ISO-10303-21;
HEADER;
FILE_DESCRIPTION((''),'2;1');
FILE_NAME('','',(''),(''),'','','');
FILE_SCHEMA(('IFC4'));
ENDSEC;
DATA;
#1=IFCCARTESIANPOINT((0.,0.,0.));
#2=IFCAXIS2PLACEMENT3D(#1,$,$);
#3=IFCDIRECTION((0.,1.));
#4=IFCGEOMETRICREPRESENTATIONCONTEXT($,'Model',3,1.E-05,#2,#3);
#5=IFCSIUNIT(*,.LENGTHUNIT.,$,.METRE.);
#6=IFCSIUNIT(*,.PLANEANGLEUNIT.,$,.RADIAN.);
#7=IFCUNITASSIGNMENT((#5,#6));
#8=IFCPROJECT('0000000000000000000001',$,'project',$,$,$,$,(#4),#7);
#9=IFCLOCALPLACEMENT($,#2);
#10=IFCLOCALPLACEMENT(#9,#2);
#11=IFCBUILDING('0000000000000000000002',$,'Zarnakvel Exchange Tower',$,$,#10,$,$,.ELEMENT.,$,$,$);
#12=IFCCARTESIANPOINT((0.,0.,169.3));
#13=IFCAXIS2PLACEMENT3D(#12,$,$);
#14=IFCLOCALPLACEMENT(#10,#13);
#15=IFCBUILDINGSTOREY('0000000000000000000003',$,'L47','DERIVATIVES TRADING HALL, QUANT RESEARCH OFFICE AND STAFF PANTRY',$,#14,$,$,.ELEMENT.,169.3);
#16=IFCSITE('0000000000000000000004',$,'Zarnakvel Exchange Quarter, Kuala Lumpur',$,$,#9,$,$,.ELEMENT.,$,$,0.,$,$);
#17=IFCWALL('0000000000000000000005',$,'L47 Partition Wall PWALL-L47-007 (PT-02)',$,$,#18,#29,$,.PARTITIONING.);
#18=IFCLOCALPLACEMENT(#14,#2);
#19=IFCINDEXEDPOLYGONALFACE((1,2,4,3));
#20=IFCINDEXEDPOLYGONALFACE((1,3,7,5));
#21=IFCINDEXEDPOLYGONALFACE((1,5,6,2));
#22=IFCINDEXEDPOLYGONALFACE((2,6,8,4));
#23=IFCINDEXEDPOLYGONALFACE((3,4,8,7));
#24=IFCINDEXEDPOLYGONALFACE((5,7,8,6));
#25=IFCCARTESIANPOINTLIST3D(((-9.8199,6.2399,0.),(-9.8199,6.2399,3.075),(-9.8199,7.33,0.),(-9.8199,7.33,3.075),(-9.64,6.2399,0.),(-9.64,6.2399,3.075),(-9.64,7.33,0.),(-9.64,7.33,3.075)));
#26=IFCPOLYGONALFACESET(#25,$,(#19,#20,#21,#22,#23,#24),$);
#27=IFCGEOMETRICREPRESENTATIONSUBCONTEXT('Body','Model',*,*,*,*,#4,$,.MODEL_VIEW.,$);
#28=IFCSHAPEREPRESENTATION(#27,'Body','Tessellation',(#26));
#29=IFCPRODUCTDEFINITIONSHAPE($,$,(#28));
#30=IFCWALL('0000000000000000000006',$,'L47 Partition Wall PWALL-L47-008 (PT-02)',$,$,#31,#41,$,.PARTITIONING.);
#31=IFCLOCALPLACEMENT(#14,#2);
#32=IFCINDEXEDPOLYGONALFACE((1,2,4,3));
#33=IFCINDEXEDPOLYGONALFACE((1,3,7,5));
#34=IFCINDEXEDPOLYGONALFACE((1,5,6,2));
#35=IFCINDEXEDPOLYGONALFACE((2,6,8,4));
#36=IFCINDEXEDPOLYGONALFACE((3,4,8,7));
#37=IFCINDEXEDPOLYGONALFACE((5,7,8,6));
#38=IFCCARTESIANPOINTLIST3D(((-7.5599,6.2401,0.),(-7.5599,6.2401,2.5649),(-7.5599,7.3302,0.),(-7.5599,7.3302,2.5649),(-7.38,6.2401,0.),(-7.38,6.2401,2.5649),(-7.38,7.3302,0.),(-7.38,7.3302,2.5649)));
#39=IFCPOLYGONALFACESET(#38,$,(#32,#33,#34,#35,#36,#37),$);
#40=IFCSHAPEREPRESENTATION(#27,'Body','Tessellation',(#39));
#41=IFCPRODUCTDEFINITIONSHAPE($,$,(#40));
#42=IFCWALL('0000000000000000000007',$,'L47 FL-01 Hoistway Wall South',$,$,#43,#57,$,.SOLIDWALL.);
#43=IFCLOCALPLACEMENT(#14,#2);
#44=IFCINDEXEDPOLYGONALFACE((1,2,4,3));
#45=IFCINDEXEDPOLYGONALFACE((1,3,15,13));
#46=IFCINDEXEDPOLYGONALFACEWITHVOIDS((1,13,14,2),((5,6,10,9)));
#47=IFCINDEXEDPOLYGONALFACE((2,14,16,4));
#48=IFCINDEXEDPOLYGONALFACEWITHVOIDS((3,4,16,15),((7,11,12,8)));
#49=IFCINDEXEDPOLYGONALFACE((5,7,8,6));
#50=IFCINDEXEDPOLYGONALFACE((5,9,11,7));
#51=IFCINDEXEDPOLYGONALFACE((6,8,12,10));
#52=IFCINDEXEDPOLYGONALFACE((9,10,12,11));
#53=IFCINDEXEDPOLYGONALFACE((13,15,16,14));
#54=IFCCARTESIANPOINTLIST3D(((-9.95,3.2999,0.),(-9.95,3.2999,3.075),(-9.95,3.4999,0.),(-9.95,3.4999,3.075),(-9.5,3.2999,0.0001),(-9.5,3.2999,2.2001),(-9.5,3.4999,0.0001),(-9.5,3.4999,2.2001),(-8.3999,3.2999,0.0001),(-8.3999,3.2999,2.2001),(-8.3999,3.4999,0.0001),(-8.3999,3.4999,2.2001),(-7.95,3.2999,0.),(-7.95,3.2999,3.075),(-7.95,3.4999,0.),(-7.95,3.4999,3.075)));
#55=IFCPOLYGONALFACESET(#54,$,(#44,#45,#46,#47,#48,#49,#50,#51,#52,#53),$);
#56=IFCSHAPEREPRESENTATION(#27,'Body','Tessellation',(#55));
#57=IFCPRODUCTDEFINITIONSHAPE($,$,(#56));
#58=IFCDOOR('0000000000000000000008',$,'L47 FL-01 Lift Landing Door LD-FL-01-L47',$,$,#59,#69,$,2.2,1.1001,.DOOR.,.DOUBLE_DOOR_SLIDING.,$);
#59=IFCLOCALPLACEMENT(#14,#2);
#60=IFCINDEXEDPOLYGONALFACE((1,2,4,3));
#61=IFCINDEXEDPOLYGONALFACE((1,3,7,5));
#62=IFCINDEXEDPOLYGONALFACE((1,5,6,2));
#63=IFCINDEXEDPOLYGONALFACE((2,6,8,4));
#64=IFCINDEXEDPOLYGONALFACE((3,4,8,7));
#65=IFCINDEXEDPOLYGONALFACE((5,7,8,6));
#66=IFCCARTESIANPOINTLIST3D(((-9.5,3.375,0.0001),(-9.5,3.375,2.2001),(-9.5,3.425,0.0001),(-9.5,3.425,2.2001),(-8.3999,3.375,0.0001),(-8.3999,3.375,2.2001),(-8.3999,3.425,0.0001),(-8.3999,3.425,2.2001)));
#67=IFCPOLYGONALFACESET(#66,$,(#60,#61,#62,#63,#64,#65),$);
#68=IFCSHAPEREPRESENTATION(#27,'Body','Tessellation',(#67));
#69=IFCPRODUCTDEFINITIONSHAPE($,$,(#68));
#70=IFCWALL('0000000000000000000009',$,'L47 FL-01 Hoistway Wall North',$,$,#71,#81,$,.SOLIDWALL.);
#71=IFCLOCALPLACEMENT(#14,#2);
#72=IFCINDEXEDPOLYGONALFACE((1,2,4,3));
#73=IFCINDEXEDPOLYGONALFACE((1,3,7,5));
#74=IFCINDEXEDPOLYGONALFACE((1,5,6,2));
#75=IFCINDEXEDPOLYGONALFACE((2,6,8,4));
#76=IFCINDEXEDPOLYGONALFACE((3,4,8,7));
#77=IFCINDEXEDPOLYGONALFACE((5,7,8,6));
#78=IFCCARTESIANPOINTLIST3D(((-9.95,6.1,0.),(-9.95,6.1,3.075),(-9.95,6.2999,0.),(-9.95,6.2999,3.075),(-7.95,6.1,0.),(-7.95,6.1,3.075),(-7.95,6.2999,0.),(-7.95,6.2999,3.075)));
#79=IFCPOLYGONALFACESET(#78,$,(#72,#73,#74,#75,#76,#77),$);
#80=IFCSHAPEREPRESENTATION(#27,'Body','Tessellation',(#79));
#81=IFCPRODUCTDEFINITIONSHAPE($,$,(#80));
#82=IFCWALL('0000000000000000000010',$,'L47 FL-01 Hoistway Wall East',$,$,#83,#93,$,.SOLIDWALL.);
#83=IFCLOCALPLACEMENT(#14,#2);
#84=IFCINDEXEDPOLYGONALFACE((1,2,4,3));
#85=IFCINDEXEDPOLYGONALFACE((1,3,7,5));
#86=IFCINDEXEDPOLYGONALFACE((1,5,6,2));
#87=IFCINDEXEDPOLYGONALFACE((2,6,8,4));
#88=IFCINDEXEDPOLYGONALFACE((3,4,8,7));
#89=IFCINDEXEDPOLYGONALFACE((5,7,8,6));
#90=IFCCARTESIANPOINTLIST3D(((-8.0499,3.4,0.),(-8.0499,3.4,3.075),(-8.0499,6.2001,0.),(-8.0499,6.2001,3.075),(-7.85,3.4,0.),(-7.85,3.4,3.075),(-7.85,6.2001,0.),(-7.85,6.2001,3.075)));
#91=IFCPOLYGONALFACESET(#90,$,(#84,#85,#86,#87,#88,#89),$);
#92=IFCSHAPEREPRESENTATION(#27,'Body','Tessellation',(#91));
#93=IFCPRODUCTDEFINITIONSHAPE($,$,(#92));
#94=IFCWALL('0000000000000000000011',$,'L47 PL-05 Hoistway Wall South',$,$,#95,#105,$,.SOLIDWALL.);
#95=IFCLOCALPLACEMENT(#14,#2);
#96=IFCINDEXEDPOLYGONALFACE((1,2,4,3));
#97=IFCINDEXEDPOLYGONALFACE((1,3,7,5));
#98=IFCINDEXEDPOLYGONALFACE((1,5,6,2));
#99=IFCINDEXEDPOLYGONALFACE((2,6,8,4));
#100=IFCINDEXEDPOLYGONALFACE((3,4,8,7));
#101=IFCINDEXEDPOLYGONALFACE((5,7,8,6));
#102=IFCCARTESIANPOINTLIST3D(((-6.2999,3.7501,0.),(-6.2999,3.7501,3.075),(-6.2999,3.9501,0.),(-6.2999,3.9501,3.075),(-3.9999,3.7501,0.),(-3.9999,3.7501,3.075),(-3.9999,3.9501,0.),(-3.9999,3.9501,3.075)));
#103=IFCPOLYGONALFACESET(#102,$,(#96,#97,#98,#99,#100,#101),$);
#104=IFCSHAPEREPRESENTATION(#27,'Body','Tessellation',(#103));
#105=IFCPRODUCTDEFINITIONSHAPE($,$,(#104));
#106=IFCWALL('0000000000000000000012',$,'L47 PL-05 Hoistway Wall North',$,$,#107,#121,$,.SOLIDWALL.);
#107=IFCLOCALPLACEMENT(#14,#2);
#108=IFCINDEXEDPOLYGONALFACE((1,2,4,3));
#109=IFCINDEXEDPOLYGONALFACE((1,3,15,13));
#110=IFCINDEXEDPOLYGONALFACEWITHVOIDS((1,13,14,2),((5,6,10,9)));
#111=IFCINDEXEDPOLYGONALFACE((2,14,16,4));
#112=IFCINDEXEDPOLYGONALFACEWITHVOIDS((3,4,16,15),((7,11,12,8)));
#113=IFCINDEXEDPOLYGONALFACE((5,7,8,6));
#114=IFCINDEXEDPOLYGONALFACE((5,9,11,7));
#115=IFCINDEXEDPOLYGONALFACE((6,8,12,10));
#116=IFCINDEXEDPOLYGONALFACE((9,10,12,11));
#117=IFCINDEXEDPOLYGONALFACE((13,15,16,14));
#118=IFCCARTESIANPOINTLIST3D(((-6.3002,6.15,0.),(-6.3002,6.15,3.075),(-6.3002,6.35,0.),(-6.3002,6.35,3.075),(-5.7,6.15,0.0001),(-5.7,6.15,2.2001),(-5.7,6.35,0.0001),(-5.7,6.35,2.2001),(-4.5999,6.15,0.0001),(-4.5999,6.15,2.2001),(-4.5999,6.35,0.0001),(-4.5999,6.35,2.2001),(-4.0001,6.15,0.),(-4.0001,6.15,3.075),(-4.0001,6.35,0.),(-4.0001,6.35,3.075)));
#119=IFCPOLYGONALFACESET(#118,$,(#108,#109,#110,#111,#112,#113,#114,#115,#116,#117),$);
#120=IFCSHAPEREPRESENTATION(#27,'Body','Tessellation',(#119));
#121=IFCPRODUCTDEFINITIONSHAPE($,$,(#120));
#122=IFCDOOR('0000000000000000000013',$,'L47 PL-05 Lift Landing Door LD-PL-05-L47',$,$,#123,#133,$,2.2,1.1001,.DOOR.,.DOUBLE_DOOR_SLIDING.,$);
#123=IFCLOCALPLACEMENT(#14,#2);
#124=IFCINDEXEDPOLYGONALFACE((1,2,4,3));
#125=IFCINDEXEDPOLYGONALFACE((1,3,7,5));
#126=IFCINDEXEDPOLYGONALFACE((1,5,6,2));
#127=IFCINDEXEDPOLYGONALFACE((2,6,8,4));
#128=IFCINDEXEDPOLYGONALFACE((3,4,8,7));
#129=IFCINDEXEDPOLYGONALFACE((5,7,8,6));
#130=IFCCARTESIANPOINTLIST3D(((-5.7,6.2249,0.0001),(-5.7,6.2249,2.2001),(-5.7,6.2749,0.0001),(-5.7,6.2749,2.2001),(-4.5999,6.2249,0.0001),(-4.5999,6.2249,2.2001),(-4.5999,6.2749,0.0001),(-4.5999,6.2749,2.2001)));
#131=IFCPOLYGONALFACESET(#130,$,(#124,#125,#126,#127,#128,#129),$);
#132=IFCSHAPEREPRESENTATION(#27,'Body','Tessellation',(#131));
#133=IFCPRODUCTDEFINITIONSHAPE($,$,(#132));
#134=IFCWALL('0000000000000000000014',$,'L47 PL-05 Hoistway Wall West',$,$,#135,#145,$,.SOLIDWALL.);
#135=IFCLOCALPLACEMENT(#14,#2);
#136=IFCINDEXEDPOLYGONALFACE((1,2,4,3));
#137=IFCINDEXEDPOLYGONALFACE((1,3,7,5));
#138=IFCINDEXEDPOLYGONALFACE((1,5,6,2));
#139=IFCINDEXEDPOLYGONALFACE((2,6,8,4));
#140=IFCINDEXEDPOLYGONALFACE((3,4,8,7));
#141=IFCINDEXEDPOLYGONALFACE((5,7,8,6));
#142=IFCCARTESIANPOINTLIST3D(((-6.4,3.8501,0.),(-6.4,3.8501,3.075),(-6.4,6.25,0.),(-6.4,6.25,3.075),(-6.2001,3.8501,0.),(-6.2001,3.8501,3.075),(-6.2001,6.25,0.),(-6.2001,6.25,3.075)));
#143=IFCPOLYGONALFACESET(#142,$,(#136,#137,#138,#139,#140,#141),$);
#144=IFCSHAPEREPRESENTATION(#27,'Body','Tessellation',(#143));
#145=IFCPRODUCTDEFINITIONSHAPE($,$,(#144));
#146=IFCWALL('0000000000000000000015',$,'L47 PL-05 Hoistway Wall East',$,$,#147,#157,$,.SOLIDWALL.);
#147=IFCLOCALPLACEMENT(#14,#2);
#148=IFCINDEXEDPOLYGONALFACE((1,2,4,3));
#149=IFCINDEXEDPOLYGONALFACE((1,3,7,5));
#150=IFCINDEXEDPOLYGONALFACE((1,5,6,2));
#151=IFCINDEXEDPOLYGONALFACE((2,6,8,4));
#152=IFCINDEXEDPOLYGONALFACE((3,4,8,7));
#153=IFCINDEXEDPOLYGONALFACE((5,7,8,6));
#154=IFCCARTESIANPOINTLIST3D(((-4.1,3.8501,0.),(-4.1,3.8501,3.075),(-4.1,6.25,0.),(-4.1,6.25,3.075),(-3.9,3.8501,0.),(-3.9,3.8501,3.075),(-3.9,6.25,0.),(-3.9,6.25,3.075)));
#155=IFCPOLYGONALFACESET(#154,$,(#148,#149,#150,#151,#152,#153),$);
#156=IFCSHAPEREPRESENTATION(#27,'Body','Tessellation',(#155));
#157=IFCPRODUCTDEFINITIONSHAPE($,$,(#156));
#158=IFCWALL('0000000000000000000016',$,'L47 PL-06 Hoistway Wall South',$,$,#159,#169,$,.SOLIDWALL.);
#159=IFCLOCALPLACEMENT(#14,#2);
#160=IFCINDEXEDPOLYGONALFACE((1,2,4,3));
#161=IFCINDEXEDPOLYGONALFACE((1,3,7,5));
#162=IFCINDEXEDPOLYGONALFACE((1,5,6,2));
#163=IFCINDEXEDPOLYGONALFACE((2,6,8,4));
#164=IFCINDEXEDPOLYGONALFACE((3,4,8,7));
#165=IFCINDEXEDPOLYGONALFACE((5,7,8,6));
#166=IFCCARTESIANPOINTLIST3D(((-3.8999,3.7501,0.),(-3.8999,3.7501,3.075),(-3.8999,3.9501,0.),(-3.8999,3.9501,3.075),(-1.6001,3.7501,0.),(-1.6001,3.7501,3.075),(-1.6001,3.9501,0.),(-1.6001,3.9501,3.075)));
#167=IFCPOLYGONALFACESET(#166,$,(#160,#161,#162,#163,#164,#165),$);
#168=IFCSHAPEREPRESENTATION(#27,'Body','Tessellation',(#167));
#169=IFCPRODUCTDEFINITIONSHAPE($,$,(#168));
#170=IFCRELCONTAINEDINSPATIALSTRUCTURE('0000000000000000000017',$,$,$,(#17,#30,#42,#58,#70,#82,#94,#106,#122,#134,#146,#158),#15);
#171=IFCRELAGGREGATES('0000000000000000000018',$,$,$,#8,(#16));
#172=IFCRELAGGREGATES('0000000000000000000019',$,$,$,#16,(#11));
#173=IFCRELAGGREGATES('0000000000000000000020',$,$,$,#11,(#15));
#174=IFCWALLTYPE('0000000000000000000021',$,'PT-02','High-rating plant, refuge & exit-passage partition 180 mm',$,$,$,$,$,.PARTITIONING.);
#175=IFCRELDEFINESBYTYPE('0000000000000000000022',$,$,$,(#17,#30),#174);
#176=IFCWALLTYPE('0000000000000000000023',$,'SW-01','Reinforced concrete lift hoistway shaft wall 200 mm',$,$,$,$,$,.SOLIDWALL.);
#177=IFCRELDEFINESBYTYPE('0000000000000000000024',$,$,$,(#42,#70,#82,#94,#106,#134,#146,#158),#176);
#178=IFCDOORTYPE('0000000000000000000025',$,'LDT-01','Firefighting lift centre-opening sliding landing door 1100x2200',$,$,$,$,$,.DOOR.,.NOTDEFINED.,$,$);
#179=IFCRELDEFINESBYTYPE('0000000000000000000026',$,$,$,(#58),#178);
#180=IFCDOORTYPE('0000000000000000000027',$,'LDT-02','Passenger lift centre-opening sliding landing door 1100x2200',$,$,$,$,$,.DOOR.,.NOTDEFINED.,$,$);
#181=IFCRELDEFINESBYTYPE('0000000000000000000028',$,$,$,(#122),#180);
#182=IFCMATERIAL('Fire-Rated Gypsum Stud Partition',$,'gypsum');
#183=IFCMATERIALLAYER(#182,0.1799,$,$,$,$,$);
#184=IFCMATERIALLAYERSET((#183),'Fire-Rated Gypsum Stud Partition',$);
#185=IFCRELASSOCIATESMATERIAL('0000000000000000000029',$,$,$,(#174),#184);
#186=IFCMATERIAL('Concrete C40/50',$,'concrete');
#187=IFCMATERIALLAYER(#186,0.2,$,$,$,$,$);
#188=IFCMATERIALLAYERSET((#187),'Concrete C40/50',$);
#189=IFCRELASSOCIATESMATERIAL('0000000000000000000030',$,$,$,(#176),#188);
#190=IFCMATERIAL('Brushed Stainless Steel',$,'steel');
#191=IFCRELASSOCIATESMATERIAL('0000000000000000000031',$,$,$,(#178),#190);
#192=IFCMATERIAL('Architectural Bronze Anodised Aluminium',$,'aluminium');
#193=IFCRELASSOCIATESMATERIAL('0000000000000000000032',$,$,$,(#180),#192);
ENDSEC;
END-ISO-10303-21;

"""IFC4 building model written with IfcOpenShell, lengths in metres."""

from ifc_helpers import new_model, si_unit, direction, frame, frame_2d, origin, place, context, subcontext, project, spatial, rectangle, extrude, source, transform, mapped, material, layer, layer_set, type_object, element, fill, save


model = new_model("IFC4")

# Units and contexts
model_context = context("Model", 3, precision=1e-05, world=origin(), true_north=direction((0.0, 1.0)))
body_context = subcontext(model_context, "Body", "Model", "MODEL_VIEW")
ifc_project = project(units=[si_unit("LENGTHUNIT", "METRE"), si_unit("PLANEANGLEUNIT", "RADIAN")], contexts=[model_context])

# Site, building, storey
site_placement = place(None, origin())
site = spatial("IfcSite", under=ifc_project, at=site_placement, Name="Zarnakvel Exchange Quarter, Kuala Lumpur", CompositionType="ELEMENT", RefElevation=0.0)
building_placement = place(site_placement, origin())
building = spatial("IfcBuilding", under=site, at=building_placement, Name="Zarnakvel Exchange Tower", CompositionType="ELEMENT")
storey_placement = place(building_placement, frame((0.0, 0.0, 169.3)))
storey = spatial("IfcBuildingStorey", under=building, at=storey_placement, Name="L47", Description="DERIVATIVES TRADING HALL, QUANT RESEARCH OFFICE AND STAFF PANTRY", CompositionType="ELEMENT", Elevation=169.3)

# Walls
ifc_material_1 = material(Name="Fire-Rated Gypsum Stud Partition", Category="gypsum")
ifc_layer_1 = layer(ifc_material_1, 0.1799)
ifc_layer_set_1 = layer_set([ifc_layer_1], Name="Fire-Rated Gypsum Stud Partition")
wall_type_1 = type_object("IfcWallType", Name="PT-02", Description="High-rating plant, refuge & exit-passage partition 180 mm", PredefinedType="PARTITIONING", material=ifc_layer_set_1)
wall_1_placement = place(storey_placement, frame((-9.73, 6.24, 0.0), z_axis=(0.0, 0.0, 1.0), x_axis=(0.0, 1.0, 0.0)))
element("IfcWall", 1, at=wall_1_placement, inside=storey, type_object=wall_type_1, Name="L47 Partition Wall PWALL-L47-007 (PT-02)", PredefinedType="PARTITIONING", context=body_context, shape_type="SweptSolid", body=[
    extrude(rectangle(XDim=1.0901, YDim=0.1799, at=frame_2d((0.5449, 0.0))), origin(), (0.0, 0.0, 1.0), 3.075),
])
wall_2_placement = place(storey_placement, frame((-7.47, 7.3301, 0.0), z_axis=(0.0, 0.0, 1.0), x_axis=(0.0, -1.0, 0.0)))
element("IfcWall", 2, at=wall_2_placement, inside=storey, type_object=wall_type_1, Name="L47 Partition Wall PWALL-L47-008 (PT-02)", PredefinedType="PARTITIONING", context=body_context, shape_type="SweptSolid", body=[
    extrude(rectangle(XDim=1.0901, YDim=0.1799, at=frame_2d((0.5449, 0.0))), origin(), (0.0, 0.0, 1.0), 2.5649),
])

# Wall, opening, door
ifc_material_2 = material(Name="Concrete C40/50", Category="concrete")
ifc_layer_2 = layer(ifc_material_2, 0.2)
ifc_layer_set_2 = layer_set([ifc_layer_2], Name="Concrete C40/50")
wall_type_2 = type_object("IfcWallType", Name="SW-01", Description="Reinforced concrete lift hoistway shaft wall 200 mm", PredefinedType="SOLIDWALL", material=ifc_layer_set_2)
wall_3_placement = place(storey_placement, frame((-7.95, 3.3999, 0.0), z_axis=(0.0, 0.0, 1.0), x_axis=(-1.0, 0.0, 0.0)))
wall_3 = element("IfcWall", 3, at=wall_3_placement, inside=storey, type_object=wall_type_2, Name="L47 FL-01 Hoistway Wall South", PredefinedType="SOLIDWALL", context=body_context, shape_type="SweptSolid", body=[
    extrude(rectangle(XDim=2.0, YDim=0.2, at=frame_2d((1.0, 0.0))), origin(), (0.0, 0.0, 1.0), 3.075),
])
opening_1_placement = place(wall_3_placement, frame((0.45, 0.0, 0.0)))
opening_1 = element("IfcOpeningElement", 4, at=opening_1_placement, cuts=wall_3, PredefinedType="OPENING", context=body_context, shape_type="SweptSolid", body=[
    extrude(rectangle(XDim=1.1001, YDim=2.2, at=frame_2d((0.55, 1.1001))), frame((0.0, 0.1099, 0.0), z_axis=(0.0, -1.0, 0.0), x_axis=(1.0, 0.0, 0.0)), (0.0, 0.0, 1.0), 0.22),
])
ifc_material_3 = material(Name="Brushed Stainless Steel", Category="steel")
door_type_1 = type_object("IfcDoorType", Name="LDT-01", Description="Firefighting lift centre-opening sliding landing door 1100x2200", OperationType="NOTDEFINED", PredefinedType="DOOR", material=ifc_material_3)
shared_shape = source(origin(), body_context, "Body", "SweptSolid", [
    extrude(rectangle(XDim=1.1001, YDim=2.2, at=frame_2d((0.55, 1.1001))), frame((0.0, 0.0249, 0.0), z_axis=(0.0, -1.0, 0.0), x_axis=(1.0, 0.0, 0.0)), (0.0, 0.0, 1.0), 0.05),
])
door_1_placement = place(opening_1_placement, origin())
door_1 = element("IfcDoor", 5, at=door_1_placement, inside=storey, type_object=door_type_1, Name="L47 FL-01 Lift Landing Door LD-FL-01-L47", OperationType="DOUBLE_DOOR_SLIDING", OverallHeight=2.2, OverallWidth=1.1001, PredefinedType="DOOR", context=body_context, shape_type="MappedRepresentation", body=[
    mapped(shared_shape, transform((0.0, 0.0, 0.0), x_axis=(1.0, 0.0, 0.0), y_axis=(0.0, 1.0, 0.0), z_axis=(0.0, 0.0, 1.0), scale=1.0)),
])
fill(opening_1, door_1)

# Walls
wall_4_placement = place(storey_placement, frame((-9.95, 6.2, 0.0), z_axis=(0.0, 0.0, 1.0), x_axis=(1.0, 0.0, 0.0)))
element("IfcWall", 6, at=wall_4_placement, inside=storey, type_object=wall_type_2, Name="L47 FL-01 Hoistway Wall North", PredefinedType="SOLIDWALL", context=body_context, shape_type="SweptSolid", body=[
    extrude(rectangle(XDim=2.0, YDim=0.2, at=frame_2d((1.0, 0.0))), origin(), (0.0, 0.0, 1.0), 3.075),
])
wall_5_placement = place(storey_placement, frame((-7.95, 6.2, 0.0), z_axis=(0.0, 0.0, 1.0), x_axis=(0.0, -1.0, 0.0)))
element("IfcWall", 7, at=wall_5_placement, inside=storey, type_object=wall_type_2, Name="L47 FL-01 Hoistway Wall East", PredefinedType="SOLIDWALL", context=body_context, shape_type="SweptSolid", body=[
    extrude(rectangle(XDim=2.8, YDim=0.2, at=frame_2d((1.3999, 0.0))), origin(), (0.0, 0.0, 1.0), 3.075),
])
wall_6_placement = place(storey_placement, frame((-4.0, 3.8501, 0.0), z_axis=(0.0, 0.0, 1.0), x_axis=(-1.0, 0.0, 0.0)))
element("IfcWall", 8, at=wall_6_placement, inside=storey, type_object=wall_type_2, Name="L47 PL-05 Hoistway Wall South", PredefinedType="SOLIDWALL", context=body_context, shape_type="SweptSolid", body=[
    extrude(rectangle(XDim=2.3, YDim=0.2, at=frame_2d((1.1499, 0.0))), origin(), (0.0, 0.0, 1.0), 3.075),
])

# Wall, opening, door
wall_7_placement = place(storey_placement, frame((-6.3, 6.25, 0.0), z_axis=(0.0, 0.0, 1.0), x_axis=(1.0, 0.0, 0.0)))
wall_7 = element("IfcWall", 9, at=wall_7_placement, inside=storey, type_object=wall_type_2, Name="L47 PL-05 Hoistway Wall North", PredefinedType="SOLIDWALL", context=body_context, shape_type="SweptSolid", body=[
    extrude(rectangle(XDim=2.3, YDim=0.2, at=frame_2d((1.1499, 0.0))), origin(), (0.0, 0.0, 1.0), 3.075),
])
opening_2_placement = place(wall_7_placement, frame((0.6001, 0.0, 0.0)))
opening_2 = element("IfcOpeningElement", 10, at=opening_2_placement, cuts=wall_7, PredefinedType="OPENING", context=body_context, shape_type="SweptSolid", body=[
    extrude(rectangle(XDim=1.1001, YDim=2.2, at=frame_2d((0.55, 1.1001))), frame((0.0, 0.1099, 0.0), z_axis=(0.0, -1.0, 0.0), x_axis=(1.0, 0.0, 0.0)), (0.0, 0.0, 1.0), 0.22),
])
ifc_material_4 = material(Name="Architectural Bronze Anodised Aluminium", Category="aluminium")
door_type_2 = type_object("IfcDoorType", Name="LDT-02", Description="Passenger lift centre-opening sliding landing door 1100x2200", OperationType="NOTDEFINED", PredefinedType="DOOR", material=ifc_material_4)
door_2_placement = place(opening_2_placement, origin())
door_2 = element("IfcDoor", 11, at=door_2_placement, inside=storey, type_object=door_type_2, Name="L47 PL-05 Lift Landing Door LD-PL-05-L47", OperationType="DOUBLE_DOOR_SLIDING", OverallHeight=2.2, OverallWidth=1.1001, PredefinedType="DOOR", context=body_context, shape_type="MappedRepresentation", body=[
    mapped(shared_shape, transform((0.0, 0.0, 0.0), x_axis=(1.0, 0.0, 0.0), y_axis=(0.0, 1.0, 0.0), z_axis=(0.0, 0.0, 1.0), scale=1.0)),
])
fill(opening_2, door_2)

# Walls
for number, where, z_axis, x_axis, name in (
    (12, (-6.3, 3.8501, 0.0), (0.0, 0.0, 1.0), (0.0, 1.0, 0.0), "L47 PL-05 Hoistway Wall West"),
    (13, (-4.0, 6.25, 0.0), (0.0, 0.0, 1.0), (0.0, -1.0, 0.0), "L47 PL-05 Hoistway Wall East"),
):
    element("IfcWall", number, at=place(storey_placement, frame(where, z_axis=z_axis, x_axis=x_axis)), inside=storey, type_object=wall_type_2, Name=name, PredefinedType="SOLIDWALL", context=body_context, shape_type="SweptSolid", body=[
        extrude(rectangle(XDim=2.3999, YDim=0.2, at=frame_2d((1.2, 0.0))), origin(), (0.0, 0.0, 1.0), 3.075),
    ])
wall_8_placement = place(storey_placement, frame((-1.6001, 3.8501, 0.0), z_axis=(0.0, 0.0, 1.0), x_axis=(-1.0, 0.0, 0.0)))
element("IfcWall", 14, at=wall_8_placement, inside=storey, type_object=wall_type_2, Name="L47 PL-06 Hoistway Wall South", PredefinedType="SOLIDWALL", context=body_context, shape_type="SweptSolid", body=[
    extrude(rectangle(XDim=2.2998, YDim=0.2, at=frame_2d((1.1499, 0.0))), origin(), (0.0, 0.0, 1.0), 3.075),
])

save(model, "model.ifc")
